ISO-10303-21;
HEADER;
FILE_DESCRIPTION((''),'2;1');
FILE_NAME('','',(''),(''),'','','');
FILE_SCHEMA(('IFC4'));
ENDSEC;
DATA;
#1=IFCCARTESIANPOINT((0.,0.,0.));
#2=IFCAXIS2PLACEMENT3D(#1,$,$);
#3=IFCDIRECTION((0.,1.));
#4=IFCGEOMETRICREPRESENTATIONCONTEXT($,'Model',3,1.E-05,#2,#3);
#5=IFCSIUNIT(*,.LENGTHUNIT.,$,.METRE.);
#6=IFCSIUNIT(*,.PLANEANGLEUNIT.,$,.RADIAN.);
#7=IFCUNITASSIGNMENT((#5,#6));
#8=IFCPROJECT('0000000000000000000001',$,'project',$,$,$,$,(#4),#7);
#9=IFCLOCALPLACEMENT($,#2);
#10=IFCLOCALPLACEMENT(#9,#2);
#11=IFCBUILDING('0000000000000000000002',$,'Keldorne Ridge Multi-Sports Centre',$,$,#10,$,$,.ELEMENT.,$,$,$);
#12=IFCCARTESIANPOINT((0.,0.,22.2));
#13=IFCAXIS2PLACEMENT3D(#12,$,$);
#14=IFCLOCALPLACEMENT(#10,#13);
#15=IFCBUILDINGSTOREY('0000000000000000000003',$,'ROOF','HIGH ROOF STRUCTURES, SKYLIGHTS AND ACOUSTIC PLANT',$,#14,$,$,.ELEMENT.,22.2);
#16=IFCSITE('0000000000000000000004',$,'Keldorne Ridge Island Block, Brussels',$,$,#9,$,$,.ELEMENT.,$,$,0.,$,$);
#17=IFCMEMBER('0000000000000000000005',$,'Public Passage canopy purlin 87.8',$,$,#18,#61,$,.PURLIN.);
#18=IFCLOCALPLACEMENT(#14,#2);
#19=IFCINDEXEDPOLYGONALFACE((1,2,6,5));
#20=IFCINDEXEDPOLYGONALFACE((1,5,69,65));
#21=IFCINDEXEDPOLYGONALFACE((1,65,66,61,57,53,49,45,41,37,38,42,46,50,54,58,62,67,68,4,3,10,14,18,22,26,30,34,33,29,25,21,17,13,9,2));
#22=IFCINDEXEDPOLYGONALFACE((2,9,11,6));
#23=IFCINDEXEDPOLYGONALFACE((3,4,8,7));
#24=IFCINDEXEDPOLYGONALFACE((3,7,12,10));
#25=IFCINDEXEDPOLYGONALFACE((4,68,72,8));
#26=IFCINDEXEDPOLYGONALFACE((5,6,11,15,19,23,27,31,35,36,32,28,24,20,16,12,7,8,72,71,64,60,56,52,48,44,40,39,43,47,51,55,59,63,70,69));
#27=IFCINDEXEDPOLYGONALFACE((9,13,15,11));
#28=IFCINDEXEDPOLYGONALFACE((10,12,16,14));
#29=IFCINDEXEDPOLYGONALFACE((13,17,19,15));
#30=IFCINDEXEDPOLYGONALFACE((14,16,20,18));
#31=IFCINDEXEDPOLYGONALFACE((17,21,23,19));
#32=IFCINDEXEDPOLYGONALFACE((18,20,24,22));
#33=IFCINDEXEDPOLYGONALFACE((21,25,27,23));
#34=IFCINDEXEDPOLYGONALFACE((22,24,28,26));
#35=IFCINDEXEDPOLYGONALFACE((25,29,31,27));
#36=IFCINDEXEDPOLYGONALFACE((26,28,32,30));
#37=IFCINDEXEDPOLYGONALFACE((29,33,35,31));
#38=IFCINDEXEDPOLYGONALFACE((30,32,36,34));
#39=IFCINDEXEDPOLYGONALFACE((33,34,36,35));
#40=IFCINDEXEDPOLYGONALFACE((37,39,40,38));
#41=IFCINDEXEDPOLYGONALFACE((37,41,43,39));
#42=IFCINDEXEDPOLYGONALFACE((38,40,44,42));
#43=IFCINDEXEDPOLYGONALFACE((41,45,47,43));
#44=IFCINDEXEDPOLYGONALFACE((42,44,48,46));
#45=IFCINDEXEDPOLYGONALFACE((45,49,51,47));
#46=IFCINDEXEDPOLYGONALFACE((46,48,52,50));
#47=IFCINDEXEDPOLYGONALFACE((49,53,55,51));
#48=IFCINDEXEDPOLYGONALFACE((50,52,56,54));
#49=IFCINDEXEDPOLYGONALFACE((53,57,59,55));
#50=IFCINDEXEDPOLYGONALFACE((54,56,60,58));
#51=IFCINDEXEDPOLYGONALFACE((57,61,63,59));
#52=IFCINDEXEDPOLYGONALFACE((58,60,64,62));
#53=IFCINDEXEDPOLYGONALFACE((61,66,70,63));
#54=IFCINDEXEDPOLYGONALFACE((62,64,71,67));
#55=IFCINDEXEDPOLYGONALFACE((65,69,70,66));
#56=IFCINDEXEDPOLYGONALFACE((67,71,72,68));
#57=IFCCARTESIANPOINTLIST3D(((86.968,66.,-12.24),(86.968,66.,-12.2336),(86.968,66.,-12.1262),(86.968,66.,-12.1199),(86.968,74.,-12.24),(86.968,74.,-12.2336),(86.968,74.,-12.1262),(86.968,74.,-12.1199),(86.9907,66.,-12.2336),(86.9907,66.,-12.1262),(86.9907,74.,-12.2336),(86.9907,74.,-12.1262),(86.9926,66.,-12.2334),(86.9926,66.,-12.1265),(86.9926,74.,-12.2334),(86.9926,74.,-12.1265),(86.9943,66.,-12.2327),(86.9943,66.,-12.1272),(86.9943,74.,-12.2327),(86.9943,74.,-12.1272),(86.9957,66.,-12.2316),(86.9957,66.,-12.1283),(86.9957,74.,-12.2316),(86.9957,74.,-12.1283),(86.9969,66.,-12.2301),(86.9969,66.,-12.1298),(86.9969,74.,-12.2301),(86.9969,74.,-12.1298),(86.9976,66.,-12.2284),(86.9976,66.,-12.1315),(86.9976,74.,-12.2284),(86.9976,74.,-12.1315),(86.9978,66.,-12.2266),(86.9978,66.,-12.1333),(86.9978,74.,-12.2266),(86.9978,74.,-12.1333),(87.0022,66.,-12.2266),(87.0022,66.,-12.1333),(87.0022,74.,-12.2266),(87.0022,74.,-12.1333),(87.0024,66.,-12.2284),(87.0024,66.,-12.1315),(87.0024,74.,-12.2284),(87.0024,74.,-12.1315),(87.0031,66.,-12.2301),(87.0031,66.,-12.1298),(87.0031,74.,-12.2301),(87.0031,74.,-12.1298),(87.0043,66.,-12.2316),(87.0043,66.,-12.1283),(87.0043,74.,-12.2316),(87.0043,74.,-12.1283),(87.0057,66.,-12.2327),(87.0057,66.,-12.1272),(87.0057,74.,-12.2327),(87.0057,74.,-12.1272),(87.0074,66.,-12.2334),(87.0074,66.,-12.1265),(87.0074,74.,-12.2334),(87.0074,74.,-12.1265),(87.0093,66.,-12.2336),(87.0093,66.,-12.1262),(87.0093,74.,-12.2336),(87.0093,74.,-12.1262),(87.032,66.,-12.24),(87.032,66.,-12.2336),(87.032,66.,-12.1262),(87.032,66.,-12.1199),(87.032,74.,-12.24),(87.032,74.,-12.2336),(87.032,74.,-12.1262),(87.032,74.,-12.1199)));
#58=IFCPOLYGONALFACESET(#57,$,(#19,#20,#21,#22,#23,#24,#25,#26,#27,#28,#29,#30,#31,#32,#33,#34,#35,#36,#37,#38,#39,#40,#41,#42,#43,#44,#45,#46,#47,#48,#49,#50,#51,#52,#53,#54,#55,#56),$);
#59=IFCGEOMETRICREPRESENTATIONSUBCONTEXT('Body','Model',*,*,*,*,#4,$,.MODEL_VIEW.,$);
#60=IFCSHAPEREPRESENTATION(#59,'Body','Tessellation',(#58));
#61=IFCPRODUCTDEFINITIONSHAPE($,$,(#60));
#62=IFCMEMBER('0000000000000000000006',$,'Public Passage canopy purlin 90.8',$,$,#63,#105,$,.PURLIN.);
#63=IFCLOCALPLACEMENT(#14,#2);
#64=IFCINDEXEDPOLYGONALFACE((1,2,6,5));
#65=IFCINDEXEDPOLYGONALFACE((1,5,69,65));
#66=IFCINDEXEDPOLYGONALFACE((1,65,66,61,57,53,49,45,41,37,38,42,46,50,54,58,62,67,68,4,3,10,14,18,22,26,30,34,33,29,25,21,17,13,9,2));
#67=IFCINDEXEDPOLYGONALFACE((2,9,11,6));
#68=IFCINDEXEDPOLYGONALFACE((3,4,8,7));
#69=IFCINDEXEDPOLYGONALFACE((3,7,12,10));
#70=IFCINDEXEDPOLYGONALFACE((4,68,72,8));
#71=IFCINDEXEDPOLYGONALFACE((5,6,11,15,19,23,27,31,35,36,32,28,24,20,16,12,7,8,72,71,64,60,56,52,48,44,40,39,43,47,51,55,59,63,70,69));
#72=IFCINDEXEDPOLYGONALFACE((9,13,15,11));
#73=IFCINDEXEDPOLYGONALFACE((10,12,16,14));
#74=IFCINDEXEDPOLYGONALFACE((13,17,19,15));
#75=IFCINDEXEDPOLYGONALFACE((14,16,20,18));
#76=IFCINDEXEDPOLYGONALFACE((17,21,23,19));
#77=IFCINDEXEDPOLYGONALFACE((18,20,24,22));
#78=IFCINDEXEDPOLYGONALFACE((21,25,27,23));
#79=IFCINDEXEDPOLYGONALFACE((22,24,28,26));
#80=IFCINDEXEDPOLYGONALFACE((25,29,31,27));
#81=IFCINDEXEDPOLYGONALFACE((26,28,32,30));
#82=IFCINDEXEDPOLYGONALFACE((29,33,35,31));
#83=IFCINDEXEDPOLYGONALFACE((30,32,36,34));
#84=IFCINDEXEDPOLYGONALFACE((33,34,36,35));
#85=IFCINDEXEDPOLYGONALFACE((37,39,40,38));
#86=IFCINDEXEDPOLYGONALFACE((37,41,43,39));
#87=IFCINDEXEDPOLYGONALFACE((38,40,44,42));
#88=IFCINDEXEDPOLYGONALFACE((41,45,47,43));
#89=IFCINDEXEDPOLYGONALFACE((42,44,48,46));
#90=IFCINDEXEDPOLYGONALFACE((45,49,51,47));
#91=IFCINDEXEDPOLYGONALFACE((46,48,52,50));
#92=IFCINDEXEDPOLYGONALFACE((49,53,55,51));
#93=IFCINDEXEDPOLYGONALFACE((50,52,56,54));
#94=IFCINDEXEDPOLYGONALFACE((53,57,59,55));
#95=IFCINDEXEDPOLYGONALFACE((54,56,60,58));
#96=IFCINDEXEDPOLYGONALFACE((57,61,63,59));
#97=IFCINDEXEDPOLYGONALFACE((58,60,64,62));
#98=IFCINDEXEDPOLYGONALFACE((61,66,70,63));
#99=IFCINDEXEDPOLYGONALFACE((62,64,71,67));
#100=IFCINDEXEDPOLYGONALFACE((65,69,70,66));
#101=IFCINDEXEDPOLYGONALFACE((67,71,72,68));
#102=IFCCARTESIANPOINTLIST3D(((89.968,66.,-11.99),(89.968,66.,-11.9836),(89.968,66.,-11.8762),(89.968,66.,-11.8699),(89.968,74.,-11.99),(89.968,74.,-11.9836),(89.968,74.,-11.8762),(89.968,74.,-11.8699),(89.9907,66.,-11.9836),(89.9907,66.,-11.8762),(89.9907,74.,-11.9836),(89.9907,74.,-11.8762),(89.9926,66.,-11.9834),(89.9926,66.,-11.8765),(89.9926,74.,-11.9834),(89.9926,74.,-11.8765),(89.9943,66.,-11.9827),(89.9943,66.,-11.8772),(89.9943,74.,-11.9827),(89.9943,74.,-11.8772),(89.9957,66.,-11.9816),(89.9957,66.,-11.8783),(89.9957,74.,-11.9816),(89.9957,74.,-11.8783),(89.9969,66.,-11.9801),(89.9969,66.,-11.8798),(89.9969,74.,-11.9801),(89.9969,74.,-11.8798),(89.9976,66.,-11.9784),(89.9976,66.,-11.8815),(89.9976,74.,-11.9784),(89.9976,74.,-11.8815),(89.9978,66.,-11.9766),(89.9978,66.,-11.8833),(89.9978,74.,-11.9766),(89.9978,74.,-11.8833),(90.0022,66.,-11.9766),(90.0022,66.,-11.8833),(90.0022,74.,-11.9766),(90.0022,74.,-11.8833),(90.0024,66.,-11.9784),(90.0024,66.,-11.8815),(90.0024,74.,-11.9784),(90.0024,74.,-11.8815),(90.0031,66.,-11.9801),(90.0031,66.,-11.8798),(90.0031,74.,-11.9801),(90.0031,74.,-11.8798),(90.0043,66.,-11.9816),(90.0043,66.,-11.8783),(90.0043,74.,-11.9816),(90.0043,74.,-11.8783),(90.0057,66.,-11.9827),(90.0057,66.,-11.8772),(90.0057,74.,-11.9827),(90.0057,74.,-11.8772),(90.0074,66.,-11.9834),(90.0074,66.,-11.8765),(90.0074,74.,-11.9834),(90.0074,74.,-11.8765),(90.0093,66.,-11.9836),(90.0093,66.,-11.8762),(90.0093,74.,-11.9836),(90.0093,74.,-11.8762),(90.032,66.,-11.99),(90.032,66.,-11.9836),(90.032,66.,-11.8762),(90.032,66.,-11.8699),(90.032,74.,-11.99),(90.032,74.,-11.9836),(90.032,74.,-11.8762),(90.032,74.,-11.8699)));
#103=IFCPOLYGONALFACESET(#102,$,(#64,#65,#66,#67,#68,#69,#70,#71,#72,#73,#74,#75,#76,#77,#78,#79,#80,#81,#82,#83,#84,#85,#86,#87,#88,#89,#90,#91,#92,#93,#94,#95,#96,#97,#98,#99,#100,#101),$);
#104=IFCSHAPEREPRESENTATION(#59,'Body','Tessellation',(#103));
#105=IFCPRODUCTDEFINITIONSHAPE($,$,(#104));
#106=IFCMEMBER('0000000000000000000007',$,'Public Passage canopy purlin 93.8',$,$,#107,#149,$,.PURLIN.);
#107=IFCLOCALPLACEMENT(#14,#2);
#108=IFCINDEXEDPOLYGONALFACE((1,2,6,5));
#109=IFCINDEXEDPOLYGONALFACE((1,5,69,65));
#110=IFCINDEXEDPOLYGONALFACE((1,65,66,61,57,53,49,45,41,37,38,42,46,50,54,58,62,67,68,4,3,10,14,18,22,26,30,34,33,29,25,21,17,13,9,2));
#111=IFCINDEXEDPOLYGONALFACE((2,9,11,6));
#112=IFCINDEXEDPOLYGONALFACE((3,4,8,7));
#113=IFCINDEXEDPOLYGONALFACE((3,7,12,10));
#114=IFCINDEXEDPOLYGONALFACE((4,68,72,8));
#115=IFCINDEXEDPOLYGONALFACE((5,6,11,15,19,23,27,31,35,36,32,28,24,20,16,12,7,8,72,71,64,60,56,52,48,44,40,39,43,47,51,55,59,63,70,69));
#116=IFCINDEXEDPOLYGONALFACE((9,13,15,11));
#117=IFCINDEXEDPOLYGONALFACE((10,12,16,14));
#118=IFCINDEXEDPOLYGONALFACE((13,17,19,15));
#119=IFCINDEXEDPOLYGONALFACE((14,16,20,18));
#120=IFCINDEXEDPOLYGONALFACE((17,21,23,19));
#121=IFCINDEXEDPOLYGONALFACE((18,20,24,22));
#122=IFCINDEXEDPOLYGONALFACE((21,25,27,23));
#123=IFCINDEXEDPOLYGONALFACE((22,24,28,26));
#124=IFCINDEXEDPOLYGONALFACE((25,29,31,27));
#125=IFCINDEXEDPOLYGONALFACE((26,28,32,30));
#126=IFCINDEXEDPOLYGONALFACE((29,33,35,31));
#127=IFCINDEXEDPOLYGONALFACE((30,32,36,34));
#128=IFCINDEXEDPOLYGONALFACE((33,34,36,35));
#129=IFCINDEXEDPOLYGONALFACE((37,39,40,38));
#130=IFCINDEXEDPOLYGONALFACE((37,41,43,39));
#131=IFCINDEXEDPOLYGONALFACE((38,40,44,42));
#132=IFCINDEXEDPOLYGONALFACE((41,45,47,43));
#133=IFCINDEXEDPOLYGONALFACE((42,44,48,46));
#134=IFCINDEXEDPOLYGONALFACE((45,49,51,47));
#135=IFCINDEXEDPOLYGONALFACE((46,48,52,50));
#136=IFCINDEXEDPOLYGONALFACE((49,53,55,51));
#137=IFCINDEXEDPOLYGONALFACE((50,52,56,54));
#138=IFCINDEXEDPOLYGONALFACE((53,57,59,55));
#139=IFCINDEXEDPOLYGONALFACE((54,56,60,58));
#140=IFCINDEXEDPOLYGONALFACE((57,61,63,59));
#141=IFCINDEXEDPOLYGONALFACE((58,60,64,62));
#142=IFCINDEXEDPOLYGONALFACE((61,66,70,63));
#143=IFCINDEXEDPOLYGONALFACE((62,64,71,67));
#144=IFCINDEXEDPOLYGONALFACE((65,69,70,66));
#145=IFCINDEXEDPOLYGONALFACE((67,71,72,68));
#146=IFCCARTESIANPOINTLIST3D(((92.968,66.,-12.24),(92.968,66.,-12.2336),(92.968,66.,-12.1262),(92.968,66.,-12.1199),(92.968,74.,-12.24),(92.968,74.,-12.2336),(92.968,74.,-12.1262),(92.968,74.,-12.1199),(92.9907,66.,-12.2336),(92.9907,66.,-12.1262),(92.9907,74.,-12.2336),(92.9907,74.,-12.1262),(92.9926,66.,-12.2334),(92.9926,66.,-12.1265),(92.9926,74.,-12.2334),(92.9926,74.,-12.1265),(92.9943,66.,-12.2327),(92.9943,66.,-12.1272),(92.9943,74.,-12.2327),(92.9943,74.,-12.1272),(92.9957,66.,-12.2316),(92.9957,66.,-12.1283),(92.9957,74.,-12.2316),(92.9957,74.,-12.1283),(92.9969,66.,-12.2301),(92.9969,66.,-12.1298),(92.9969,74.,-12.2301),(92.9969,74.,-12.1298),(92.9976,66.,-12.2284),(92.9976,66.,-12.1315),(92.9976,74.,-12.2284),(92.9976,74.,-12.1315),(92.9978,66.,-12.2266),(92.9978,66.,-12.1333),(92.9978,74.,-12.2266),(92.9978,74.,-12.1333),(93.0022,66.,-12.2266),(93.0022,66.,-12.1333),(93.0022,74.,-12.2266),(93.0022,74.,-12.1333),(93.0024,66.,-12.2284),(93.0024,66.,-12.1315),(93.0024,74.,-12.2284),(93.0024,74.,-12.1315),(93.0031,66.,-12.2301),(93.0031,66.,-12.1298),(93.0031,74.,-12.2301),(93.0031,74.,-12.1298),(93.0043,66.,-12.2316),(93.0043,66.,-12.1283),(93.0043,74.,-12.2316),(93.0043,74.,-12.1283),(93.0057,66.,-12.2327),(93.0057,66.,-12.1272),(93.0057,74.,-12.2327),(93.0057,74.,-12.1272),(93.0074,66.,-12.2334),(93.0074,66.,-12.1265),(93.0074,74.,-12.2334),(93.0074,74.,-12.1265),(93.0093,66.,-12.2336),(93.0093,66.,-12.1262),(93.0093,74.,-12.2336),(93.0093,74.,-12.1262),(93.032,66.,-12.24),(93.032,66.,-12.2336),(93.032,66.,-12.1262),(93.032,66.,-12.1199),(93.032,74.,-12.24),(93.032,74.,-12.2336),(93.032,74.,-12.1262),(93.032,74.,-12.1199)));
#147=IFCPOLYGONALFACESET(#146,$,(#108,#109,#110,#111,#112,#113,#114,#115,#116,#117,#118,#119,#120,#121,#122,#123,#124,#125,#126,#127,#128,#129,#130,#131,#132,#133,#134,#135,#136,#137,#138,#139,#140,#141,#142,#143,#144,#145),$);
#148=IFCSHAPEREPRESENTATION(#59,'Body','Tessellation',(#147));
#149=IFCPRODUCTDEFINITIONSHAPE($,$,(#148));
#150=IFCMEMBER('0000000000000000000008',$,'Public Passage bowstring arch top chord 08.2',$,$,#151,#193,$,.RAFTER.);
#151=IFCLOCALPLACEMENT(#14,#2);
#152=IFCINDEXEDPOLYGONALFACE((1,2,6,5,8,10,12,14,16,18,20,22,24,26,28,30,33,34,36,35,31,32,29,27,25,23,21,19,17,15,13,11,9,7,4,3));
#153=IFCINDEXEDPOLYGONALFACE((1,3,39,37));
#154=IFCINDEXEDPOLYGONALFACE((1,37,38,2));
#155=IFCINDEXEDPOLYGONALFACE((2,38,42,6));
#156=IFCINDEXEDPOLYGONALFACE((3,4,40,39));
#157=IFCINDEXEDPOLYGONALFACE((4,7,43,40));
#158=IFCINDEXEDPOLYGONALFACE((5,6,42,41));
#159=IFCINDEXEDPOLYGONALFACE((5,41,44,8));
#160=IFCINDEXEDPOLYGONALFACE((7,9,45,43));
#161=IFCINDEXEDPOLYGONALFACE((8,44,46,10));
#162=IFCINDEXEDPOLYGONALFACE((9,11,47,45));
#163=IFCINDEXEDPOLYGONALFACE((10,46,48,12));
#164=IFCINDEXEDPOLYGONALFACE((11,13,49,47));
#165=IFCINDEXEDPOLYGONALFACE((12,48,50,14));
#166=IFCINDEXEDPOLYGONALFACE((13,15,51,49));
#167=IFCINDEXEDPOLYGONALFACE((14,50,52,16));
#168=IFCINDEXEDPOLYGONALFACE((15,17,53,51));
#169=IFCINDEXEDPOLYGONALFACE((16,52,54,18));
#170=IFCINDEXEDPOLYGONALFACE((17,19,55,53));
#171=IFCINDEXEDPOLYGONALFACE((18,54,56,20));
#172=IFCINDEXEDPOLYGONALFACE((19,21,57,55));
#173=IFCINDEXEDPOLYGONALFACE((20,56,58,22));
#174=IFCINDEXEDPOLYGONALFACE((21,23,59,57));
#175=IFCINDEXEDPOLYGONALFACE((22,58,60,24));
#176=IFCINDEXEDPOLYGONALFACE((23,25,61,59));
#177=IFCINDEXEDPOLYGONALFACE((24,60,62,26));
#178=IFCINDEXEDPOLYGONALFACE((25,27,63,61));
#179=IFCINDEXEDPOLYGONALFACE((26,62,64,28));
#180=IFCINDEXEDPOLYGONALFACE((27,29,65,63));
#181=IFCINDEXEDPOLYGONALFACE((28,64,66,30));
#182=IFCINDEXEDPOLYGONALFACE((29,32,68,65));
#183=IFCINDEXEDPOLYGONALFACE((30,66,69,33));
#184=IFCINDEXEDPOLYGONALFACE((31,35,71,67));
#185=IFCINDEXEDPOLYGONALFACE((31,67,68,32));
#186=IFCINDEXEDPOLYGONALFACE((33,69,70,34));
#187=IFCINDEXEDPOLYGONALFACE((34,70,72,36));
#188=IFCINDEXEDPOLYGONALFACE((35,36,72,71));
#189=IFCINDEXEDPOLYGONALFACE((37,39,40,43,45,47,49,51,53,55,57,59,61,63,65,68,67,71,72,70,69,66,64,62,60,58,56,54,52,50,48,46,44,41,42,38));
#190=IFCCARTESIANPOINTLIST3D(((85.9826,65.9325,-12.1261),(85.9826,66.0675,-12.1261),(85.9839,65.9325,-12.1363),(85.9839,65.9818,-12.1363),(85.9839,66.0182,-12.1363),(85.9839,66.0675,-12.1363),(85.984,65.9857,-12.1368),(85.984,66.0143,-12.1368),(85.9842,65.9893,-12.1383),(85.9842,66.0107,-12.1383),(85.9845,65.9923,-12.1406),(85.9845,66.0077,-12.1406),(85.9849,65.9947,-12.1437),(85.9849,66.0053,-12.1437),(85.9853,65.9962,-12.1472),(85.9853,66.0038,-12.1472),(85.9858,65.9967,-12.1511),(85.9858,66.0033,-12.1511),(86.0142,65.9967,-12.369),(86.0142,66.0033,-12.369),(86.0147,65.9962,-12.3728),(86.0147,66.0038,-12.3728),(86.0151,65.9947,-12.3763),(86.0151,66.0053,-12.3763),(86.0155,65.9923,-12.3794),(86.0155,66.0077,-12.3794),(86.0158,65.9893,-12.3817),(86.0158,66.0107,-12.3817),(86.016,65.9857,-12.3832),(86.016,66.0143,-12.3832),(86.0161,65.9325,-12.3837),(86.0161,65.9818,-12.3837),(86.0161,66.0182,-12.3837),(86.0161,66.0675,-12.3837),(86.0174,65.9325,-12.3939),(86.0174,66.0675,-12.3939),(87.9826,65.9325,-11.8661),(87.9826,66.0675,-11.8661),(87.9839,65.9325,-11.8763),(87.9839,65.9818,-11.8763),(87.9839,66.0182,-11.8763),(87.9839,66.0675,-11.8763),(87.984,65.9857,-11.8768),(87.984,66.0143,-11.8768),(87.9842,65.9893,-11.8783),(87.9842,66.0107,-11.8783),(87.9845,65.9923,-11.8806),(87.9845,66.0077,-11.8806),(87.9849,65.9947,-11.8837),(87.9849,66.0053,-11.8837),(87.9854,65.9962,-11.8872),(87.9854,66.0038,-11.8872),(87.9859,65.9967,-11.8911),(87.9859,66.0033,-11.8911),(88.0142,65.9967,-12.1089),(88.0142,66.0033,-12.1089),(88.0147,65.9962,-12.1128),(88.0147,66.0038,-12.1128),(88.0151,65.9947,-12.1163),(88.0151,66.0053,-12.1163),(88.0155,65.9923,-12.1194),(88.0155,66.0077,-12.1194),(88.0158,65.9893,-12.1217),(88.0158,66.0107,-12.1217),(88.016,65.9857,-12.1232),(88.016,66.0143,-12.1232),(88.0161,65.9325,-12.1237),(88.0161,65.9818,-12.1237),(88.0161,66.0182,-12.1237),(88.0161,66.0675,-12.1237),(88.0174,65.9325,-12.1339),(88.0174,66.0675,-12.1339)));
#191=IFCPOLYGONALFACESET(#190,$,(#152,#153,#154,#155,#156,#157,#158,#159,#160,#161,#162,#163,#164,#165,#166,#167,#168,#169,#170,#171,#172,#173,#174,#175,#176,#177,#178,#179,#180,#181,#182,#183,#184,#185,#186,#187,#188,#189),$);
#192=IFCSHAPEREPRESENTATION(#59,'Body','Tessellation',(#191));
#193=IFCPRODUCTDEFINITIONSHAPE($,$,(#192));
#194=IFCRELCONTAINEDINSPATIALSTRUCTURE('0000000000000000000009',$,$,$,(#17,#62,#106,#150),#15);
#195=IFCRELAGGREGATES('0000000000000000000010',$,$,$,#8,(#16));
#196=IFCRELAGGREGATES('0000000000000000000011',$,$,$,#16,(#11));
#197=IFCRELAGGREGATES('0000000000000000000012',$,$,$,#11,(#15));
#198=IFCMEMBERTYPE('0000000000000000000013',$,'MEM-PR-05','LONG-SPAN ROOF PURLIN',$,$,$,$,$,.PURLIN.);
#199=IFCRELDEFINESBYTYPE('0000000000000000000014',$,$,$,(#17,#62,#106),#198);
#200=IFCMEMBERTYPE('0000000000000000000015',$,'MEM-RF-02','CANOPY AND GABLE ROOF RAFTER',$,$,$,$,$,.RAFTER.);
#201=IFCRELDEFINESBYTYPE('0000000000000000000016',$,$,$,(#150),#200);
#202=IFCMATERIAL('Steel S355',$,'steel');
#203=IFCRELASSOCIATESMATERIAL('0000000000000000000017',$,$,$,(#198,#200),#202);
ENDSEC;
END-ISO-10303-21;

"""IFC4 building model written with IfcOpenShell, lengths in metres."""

from ifc_helpers import new_model, si_unit, direction, frame, origin, origin_2d, place, context, subcontext, project, spatial, i_section, extrude, material, material_profile, profile_set, type_object, element, save


model = new_model("IFC4")

# Units and contexts
model_context = context("Model", 3, precision=1e-05, world=origin(), true_north=direction((0.0, 1.0)))
body_context = subcontext(model_context, "Body", "Model", "MODEL_VIEW")
ifc_project = project(units=[si_unit("LENGTHUNIT", "METRE"), si_unit("PLANEANGLEUNIT", "RADIAN")], contexts=[model_context])

# Site, building, storey
site_placement = place(None, origin())
site = spatial("IfcSite", under=ifc_project, at=site_placement, Name="Keldorne Ridge Island Block, Brussels", CompositionType="ELEMENT", RefElevation=0.0)
building_placement = place(site_placement, origin())
building = spatial("IfcBuilding", under=site, at=building_placement, Name="Keldorne Ridge Multi-Sports Centre", CompositionType="ELEMENT")
storey_placement = place(building_placement, frame((0.0, 0.0, 22.2)))
storey = spatial("IfcBuildingStorey", under=building, at=storey_placement, Name="ROOF", Description="HIGH ROOF STRUCTURES, SKYLIGHTS AND ACOUSTIC PLANT", CompositionType="ELEMENT", Elevation=22.2)

# Members
ifc_material = material(Name="Steel S355", Category="steel")
ifc_material_profile_1 = material_profile(ifc_material, i_section(OverallWidth=0.064, OverallDepth=0.1201, WebThickness=0.0044, FlangeThickness=0.0063, FilletRadius=0.0071, at=origin_2d()), Name="IPE 120")
ifc_profile_set_1 = profile_set([ifc_material_profile_1], Name="Steel S355")
member_type_1 = type_object("IfcMemberType", Name="MEM-PR-05", Description="LONG-SPAN ROOF PURLIN", PredefinedType="PURLIN", material=ifc_profile_set_1)
for number, where, z_axis, x_axis, name in (
    (1, (87.0, 66.0, -12.1799), (0.0, 1.0, 0.0), (-1.0, 0.0, 0.0), "Public Passage canopy purlin 87.8"),
    (2, (90.0, 66.0, -11.9299), (0.0, 1.0, 0.0), (-1.0, 0.0, 0.0), "Public Passage canopy purlin 90.8"),
    (3, (93.0, 66.0, -12.1799), (0.0, 1.0, 0.0), (-1.0, 0.0, 0.0), "Public Passage canopy purlin 93.8"),
):
    element("IfcMember", number, at=place(storey_placement, frame(where, z_axis=z_axis, x_axis=x_axis)), inside=storey, type_object=member_type_1, Name=name, PredefinedType="PURLIN", context=body_context, shape_type="SweptSolid", body=[
        extrude(i_section(OverallWidth=0.064, OverallDepth=0.1201, WebThickness=0.0044, FlangeThickness=0.0063, FilletRadius=0.0071, at=origin_2d()), origin(), (0.0, 0.0, 1.0), 8.0),
    ])
ifc_material_profile_2 = material_profile(ifc_material, i_section(OverallWidth=0.135, OverallDepth=0.27, WebThickness=0.0066, FlangeThickness=0.0103, FilletRadius=0.0149, at=origin_2d()), Name="IPE 270")
ifc_profile_set_2 = profile_set([ifc_material_profile_2], Name="Steel S355")
member_type_2 = type_object("IfcMemberType", Name="MEM-RF-02", Description="CANOPY AND GABLE ROOF RAFTER", PredefinedType="RAFTER", material=ifc_profile_set_2)
member_1_placement = place(storey_placement, frame((86.0, 66.0, -12.26), z_axis=(0.991655, 0.0, 0.12892), x_axis=(0.0, 1.0, 0.0)))
element("IfcMember", 4, at=member_1_placement, inside=storey, type_object=member_type_2, Name="Public Passage bowstring arch top chord 08.2", PredefinedType="RAFTER", context=body_context, shape_type="SweptSolid", body=[
    extrude(i_section(OverallWidth=0.135, OverallDepth=0.27, WebThickness=0.0066, FlangeThickness=0.0103, FilletRadius=0.0149, at=origin_2d()), origin(), (0.0, 0.0, 1.0), 2.0168),
])

save(model, "model.ifc")
